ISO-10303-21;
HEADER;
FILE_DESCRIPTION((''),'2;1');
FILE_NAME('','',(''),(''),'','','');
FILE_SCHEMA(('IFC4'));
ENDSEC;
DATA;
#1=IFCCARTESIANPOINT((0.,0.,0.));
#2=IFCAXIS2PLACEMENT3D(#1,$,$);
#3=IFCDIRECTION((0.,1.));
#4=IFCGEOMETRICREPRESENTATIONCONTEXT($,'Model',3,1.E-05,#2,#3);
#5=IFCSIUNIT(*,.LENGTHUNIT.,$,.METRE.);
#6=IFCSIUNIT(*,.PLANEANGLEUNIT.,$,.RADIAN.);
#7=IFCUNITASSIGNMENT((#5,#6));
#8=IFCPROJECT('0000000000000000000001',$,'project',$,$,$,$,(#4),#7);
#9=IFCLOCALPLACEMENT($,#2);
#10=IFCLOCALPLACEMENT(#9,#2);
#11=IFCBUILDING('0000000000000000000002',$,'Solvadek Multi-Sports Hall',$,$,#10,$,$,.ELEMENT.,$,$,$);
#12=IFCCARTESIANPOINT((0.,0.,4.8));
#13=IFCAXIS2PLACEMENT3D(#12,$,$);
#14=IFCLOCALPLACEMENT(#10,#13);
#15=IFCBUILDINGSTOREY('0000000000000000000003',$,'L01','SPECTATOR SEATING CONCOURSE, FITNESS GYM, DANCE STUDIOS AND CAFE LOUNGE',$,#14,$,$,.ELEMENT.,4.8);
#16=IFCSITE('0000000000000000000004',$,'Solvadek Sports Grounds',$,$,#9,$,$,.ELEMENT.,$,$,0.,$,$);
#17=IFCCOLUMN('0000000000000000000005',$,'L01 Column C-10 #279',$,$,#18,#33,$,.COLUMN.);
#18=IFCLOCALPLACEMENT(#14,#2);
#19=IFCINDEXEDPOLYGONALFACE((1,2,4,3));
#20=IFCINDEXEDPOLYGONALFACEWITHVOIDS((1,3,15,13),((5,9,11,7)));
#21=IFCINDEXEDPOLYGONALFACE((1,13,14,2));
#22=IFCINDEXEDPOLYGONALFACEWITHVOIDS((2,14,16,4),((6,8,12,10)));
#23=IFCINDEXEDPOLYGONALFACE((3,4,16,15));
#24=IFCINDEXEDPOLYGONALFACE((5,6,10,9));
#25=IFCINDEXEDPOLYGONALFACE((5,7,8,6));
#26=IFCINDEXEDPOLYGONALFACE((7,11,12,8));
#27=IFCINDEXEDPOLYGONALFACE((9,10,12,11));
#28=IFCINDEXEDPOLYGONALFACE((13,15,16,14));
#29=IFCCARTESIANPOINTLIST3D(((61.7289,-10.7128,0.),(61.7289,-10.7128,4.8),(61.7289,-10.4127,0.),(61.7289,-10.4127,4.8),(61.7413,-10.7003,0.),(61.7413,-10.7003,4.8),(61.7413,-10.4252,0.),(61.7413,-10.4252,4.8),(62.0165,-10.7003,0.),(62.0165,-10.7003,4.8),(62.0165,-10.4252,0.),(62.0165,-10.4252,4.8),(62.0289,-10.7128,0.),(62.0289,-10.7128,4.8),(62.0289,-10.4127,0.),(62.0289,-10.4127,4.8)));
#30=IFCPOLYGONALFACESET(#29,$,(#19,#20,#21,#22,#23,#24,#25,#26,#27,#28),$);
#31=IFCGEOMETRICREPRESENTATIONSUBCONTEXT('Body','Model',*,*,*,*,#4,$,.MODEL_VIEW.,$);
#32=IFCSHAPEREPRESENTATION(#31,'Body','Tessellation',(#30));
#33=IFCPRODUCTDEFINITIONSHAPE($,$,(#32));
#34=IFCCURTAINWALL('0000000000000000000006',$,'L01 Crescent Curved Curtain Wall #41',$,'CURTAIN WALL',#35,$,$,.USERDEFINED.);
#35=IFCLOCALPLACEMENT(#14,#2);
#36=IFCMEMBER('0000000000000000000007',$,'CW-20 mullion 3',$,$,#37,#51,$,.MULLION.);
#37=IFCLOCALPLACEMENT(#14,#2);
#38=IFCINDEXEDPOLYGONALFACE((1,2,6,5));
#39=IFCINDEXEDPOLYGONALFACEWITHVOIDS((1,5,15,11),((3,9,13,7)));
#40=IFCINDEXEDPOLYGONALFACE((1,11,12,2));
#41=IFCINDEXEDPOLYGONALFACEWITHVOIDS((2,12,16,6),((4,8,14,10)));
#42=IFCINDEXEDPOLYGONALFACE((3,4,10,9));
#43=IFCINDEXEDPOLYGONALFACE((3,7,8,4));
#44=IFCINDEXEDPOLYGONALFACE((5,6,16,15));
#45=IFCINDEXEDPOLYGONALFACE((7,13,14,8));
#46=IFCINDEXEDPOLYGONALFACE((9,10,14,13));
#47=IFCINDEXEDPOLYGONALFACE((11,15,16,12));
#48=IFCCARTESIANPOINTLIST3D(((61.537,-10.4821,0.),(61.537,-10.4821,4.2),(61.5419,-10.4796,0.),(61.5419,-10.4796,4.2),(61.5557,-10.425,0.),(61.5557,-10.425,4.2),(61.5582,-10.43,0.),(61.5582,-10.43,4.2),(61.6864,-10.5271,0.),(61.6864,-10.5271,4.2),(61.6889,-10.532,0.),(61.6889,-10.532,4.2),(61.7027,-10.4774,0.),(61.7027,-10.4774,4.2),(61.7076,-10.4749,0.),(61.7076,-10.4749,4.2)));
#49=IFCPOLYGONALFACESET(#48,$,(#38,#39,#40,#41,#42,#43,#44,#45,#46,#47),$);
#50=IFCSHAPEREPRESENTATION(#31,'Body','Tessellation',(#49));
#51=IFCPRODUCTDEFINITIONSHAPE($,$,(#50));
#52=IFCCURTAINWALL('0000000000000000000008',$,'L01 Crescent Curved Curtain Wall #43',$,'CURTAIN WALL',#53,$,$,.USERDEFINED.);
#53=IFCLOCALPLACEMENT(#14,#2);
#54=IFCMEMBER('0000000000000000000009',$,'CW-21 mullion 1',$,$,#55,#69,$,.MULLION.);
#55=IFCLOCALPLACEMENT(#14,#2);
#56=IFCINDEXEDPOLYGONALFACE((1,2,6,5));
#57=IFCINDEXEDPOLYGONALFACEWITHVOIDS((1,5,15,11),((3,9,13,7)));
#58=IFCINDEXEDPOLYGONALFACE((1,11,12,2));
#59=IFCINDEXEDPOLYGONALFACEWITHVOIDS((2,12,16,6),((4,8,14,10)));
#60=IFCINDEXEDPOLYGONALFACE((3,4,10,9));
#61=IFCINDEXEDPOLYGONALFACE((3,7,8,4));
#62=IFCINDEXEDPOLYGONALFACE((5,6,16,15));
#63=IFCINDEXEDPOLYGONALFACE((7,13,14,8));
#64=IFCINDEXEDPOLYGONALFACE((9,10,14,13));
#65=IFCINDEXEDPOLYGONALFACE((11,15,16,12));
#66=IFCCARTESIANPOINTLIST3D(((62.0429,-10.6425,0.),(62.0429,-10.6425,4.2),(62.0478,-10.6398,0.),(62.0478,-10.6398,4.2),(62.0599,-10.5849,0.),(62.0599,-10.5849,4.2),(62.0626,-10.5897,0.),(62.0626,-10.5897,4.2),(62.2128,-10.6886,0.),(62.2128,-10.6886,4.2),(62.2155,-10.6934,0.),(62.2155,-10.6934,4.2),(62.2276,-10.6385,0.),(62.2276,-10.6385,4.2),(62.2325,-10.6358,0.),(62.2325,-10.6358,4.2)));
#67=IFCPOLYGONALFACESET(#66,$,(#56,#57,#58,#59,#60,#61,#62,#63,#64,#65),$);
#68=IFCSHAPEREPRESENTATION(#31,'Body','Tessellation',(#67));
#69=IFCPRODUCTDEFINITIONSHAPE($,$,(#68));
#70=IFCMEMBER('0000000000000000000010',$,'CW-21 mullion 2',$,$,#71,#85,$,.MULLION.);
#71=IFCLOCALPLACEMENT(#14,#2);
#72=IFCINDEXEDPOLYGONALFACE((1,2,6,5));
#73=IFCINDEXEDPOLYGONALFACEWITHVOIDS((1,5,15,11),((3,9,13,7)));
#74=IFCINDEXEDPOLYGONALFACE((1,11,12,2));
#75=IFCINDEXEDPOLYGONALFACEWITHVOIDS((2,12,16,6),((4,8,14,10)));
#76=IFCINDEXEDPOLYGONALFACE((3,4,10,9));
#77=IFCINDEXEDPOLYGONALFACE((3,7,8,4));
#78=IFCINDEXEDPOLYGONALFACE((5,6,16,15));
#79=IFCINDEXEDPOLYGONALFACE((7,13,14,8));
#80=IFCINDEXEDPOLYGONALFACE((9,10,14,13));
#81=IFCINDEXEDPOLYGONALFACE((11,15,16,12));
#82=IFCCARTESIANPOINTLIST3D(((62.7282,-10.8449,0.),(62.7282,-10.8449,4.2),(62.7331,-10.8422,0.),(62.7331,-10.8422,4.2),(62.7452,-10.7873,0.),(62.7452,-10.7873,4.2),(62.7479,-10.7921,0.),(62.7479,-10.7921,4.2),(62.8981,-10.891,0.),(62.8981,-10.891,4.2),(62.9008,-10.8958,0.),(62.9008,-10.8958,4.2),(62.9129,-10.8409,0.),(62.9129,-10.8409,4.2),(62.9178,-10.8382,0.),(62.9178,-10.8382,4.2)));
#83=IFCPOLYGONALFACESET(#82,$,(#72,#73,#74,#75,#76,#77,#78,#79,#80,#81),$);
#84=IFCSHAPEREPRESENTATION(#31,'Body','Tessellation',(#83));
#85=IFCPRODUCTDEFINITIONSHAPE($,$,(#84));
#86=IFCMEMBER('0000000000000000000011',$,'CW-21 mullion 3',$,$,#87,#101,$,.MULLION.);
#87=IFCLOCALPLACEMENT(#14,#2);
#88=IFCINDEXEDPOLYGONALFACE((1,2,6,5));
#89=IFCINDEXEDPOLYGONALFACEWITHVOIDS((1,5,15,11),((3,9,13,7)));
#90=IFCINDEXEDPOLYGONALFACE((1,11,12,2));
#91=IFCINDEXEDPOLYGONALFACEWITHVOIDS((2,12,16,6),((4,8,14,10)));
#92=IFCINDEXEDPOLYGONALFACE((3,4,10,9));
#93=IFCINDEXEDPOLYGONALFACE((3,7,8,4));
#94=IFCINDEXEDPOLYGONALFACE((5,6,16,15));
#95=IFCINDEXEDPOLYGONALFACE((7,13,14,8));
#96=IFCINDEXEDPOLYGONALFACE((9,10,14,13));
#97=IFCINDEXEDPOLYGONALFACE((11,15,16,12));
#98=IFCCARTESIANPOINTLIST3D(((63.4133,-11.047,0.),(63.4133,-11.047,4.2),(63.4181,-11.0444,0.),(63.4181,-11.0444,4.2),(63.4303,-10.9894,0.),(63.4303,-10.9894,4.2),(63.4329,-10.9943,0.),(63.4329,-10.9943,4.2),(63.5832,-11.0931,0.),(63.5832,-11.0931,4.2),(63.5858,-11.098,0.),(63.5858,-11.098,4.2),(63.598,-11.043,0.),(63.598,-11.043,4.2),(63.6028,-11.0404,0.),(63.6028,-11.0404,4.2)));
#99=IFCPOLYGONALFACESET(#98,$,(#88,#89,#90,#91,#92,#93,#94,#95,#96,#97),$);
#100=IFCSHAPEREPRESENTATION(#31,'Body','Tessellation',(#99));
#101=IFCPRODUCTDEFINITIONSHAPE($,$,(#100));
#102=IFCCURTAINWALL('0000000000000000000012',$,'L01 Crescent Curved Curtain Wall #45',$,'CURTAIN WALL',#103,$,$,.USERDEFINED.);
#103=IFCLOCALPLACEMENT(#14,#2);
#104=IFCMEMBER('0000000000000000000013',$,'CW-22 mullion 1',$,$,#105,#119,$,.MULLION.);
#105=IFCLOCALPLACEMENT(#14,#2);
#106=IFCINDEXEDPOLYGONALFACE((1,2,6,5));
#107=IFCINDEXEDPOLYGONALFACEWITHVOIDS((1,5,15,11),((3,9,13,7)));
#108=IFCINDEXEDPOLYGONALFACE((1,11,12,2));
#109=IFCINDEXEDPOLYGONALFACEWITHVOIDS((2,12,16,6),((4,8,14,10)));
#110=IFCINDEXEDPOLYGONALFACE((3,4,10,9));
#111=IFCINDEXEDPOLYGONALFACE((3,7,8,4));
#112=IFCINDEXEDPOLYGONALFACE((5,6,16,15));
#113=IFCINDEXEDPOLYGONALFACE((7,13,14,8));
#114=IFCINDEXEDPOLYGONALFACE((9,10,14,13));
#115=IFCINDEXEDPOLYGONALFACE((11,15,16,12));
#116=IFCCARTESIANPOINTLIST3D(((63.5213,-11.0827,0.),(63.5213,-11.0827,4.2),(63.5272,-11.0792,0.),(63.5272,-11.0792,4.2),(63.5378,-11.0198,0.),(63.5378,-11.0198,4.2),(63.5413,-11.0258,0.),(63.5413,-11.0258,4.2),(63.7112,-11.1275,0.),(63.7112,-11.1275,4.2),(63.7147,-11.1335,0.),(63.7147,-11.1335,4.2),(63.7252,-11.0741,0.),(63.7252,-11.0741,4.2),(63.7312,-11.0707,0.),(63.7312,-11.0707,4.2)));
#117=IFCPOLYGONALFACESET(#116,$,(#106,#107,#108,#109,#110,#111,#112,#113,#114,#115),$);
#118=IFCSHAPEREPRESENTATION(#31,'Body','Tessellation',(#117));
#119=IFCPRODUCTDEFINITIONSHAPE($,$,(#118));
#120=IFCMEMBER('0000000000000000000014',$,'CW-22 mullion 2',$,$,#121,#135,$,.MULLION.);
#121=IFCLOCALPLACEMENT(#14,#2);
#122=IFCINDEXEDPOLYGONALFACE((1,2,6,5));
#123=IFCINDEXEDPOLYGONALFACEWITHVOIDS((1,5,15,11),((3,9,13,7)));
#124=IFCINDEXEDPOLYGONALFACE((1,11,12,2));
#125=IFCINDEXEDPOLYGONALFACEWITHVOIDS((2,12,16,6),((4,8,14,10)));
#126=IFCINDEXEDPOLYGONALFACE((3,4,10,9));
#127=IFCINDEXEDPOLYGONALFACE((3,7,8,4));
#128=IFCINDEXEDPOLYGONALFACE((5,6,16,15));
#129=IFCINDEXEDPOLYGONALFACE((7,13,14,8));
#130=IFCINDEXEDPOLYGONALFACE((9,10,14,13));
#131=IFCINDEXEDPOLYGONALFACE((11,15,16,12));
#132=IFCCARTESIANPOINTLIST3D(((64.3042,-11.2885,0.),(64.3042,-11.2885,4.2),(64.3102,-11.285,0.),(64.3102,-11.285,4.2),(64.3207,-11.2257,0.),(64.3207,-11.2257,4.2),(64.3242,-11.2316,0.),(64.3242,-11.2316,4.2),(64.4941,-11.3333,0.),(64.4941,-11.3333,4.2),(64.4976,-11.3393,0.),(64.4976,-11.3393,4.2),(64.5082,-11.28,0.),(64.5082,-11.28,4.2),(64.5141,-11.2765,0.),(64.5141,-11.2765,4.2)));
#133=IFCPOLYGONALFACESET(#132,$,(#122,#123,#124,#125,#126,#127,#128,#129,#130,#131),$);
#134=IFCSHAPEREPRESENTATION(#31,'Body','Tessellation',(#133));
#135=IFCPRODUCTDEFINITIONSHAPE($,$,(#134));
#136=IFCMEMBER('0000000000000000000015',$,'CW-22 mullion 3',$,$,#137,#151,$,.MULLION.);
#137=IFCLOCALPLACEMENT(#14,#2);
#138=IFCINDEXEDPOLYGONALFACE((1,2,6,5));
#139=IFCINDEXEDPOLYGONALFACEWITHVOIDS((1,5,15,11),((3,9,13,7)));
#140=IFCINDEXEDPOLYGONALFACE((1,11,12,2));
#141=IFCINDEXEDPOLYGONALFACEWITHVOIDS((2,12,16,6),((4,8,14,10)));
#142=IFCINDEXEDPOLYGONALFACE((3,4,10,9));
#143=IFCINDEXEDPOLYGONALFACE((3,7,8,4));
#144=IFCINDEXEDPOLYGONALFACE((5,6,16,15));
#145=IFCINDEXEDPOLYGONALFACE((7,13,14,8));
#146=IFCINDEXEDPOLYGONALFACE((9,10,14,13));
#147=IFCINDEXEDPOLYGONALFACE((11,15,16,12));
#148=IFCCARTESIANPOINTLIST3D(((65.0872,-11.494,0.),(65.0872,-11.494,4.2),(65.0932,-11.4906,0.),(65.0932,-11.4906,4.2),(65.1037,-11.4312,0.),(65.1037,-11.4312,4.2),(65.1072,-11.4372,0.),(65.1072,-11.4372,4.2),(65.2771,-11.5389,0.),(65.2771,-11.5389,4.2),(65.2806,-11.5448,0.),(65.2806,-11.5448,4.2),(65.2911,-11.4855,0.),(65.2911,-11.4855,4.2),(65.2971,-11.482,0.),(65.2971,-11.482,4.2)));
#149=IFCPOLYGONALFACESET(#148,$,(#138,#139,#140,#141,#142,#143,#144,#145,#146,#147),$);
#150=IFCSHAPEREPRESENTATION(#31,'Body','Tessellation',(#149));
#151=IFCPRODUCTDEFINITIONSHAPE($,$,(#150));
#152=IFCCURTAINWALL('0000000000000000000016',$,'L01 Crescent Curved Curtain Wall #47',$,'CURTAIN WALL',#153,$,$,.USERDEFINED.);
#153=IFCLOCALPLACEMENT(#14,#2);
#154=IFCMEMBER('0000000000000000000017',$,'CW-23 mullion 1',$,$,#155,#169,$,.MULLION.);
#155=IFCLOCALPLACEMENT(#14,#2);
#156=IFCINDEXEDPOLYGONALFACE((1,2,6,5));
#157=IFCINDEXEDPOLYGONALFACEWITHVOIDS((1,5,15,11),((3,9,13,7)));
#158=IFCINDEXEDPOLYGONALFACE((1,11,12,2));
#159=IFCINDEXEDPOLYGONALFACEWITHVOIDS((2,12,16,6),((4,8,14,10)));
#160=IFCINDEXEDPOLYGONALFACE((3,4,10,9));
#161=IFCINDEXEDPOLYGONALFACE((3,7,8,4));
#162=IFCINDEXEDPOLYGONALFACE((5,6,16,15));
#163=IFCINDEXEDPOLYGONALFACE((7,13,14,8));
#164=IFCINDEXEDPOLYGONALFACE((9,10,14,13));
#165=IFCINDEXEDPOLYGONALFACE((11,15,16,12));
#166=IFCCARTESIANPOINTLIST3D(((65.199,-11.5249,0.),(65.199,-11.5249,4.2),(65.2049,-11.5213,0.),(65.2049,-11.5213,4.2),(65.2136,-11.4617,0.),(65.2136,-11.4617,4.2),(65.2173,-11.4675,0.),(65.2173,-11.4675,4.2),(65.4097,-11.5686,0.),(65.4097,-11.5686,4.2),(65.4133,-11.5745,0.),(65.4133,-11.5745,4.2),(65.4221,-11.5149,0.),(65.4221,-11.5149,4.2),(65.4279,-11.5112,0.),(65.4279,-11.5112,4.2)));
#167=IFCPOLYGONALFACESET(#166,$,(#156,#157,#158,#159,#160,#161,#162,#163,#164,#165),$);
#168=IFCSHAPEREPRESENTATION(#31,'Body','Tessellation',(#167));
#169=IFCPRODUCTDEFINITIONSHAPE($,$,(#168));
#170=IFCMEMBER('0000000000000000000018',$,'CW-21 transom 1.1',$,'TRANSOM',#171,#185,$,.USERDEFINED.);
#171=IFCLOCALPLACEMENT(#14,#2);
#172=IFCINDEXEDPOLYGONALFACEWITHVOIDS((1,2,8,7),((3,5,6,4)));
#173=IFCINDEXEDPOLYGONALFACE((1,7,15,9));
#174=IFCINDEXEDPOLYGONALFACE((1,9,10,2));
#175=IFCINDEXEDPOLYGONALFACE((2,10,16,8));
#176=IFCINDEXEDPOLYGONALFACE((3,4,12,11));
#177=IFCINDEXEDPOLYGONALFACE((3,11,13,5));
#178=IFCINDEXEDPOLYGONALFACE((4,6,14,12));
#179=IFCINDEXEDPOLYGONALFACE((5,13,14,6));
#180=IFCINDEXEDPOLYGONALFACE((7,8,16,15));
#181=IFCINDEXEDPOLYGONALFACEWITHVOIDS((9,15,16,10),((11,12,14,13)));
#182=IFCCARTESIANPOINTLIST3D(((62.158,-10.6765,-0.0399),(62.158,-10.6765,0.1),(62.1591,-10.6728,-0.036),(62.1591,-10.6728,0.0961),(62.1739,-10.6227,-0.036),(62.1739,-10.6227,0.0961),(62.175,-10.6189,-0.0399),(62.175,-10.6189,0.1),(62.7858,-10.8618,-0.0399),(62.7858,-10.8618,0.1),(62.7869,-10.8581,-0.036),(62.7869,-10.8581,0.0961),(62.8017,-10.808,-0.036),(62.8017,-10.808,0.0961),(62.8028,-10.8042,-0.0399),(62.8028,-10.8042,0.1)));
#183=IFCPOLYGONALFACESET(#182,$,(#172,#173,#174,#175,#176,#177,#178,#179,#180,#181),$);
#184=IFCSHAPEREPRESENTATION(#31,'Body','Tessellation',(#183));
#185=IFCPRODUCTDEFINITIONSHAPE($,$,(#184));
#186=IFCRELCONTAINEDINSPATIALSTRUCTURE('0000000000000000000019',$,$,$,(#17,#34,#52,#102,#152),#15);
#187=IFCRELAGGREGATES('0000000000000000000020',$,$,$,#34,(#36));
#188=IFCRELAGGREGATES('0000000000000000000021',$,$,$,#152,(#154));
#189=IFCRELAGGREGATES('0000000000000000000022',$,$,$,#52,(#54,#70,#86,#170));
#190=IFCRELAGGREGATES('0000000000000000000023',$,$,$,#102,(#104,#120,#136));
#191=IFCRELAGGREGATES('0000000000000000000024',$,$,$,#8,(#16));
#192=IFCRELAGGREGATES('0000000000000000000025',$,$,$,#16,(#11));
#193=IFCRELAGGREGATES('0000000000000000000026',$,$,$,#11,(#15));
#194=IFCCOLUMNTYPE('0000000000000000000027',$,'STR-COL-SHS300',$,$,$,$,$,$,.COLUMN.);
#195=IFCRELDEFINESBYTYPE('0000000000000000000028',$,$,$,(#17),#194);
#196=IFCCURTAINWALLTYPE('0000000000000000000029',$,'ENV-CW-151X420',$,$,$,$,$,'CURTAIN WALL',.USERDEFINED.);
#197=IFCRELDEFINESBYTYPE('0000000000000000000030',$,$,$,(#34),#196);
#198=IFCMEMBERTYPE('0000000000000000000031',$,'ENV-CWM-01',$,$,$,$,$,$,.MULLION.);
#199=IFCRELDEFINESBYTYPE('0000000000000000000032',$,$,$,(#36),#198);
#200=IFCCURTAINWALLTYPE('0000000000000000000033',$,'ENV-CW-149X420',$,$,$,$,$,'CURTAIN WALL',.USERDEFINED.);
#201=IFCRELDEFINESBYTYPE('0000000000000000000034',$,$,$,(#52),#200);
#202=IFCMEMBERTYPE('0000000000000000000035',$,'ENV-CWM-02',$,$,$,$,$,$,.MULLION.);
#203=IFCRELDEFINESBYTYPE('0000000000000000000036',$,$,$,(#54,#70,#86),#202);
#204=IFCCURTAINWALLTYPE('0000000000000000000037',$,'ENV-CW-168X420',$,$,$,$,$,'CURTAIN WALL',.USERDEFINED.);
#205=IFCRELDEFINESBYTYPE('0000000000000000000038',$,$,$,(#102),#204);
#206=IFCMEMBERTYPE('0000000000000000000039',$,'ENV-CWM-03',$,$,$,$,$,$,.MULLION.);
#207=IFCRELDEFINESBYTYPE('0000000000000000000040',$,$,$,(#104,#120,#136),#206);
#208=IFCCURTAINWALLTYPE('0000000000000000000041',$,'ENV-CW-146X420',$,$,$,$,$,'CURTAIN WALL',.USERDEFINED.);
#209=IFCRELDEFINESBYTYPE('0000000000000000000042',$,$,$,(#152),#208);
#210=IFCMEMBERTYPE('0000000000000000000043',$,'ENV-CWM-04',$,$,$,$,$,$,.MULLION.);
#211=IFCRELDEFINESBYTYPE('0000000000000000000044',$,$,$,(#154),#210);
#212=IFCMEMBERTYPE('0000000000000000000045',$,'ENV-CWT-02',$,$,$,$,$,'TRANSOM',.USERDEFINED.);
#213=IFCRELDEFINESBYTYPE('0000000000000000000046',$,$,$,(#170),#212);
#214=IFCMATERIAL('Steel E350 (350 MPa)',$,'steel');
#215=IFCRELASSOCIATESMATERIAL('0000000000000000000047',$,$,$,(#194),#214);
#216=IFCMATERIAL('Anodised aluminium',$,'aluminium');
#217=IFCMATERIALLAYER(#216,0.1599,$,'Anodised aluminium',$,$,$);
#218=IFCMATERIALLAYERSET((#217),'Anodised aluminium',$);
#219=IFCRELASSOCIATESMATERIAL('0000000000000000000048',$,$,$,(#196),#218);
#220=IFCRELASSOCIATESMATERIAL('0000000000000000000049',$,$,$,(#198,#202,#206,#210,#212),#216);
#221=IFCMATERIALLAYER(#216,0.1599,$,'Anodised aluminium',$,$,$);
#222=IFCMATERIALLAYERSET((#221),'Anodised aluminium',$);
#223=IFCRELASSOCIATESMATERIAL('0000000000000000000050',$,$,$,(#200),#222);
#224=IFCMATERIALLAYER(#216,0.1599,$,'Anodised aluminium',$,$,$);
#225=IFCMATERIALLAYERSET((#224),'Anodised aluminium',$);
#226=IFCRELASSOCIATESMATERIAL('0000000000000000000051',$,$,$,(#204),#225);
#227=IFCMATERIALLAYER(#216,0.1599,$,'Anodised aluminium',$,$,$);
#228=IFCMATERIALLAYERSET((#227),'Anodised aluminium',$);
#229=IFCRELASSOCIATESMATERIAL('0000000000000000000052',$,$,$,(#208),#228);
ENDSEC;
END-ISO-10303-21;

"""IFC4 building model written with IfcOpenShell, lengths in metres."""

from ifc_helpers import new_model, si_unit, direction, frame, origin, origin_2d, place, context, subcontext, project, spatial, hollow_rectangle, extrude, material, layer, layer_set, material_profile, profile_set, type_object, element, aggregate, save


model = new_model("IFC4")

# Units and contexts
model_context = context("Model", 3, precision=1e-05, world=origin(), true_north=direction((0.0, 1.0)))
body_context = subcontext(model_context, "Body", "Model", "MODEL_VIEW")
ifc_project = project(units=[si_unit("LENGTHUNIT", "METRE"), si_unit("PLANEANGLEUNIT", "RADIAN")], contexts=[model_context])

# Site, building, storey
site_placement = place(None, origin())
site = spatial("IfcSite", under=ifc_project, at=site_placement, Name="Solvadek Sports Grounds", CompositionType="ELEMENT", RefElevation=0.0)
building_placement = place(site_placement, origin())
building = spatial("IfcBuilding", under=site, at=building_placement, Name="Solvadek Multi-Sports Hall", CompositionType="ELEMENT")
storey_placement = place(building_placement, frame((0.0, 0.0, 4.8)))
storey = spatial("IfcBuildingStorey", under=building, at=storey_placement, Name="L01", Description="SPECTATOR SEATING CONCOURSE, FITNESS GYM, DANCE STUDIOS AND CAFE LOUNGE", CompositionType="ELEMENT", Elevation=4.8)

# Column
ifc_material_1 = material(Name="Steel E350 (350 MPa)", Category="steel")
ifc_material_profile_1 = material_profile(ifc_material_1, hollow_rectangle(XDim=0.3, YDim=0.3, WallThickness=0.0125, at=origin_2d()), Name="SHS 300x300x12.5")
ifc_profile_set_1 = profile_set([ifc_material_profile_1], Name="Steel E350 (350 MPa)")
column_type = type_object("IfcColumnType", Name="STR-COL-SHS300", PredefinedType="COLUMN", material=ifc_profile_set_1)
column_placement = place(storey_placement, frame((61.8789, -10.5627, 0.0), z_axis=(0.0, 0.0, 1.0), x_axis=(1.0, 0.0, 0.0)))
element("IfcColumn", 1, at=column_placement, inside=storey, type_object=column_type, Name="L01 Column C-10 #279", PredefinedType="COLUMN", context=body_context, shape_type="SweptSolid", body=[
    extrude(hollow_rectangle(XDim=0.3, YDim=0.3, WallThickness=0.0125, at=origin_2d()), origin(), (0.0, 0.0, 1.0), 4.8),
])

# Curtain wall, member
ifc_material_2 = material(Name="Anodised aluminium", Category="aluminium")
ifc_layer_1 = layer(ifc_material_2, 0.1599, Name="Anodised aluminium")
ifc_layer_set_1 = layer_set([ifc_layer_1], Name="Anodised aluminium")
curtain_wall_type_1 = type_object("IfcCurtainWallType", Name="ENV-CW-151X420", ElementType="CURTAIN WALL", PredefinedType="USERDEFINED", material=ifc_layer_set_1)
curtain_wall_1_placement = place(storey_placement, origin())
curtain_wall_1 = element("IfcCurtainWall", 2, at=curtain_wall_1_placement, inside=storey, type_object=curtain_wall_type_1, Name="L01 Crescent Curved Curtain Wall #41", ObjectType="CURTAIN WALL", PredefinedType="USERDEFINED")
ifc_material_profile_2 = material_profile(ifc_material_2, hollow_rectangle(XDim=0.0601, YDim=0.1599, WallThickness=0.0039, at=origin_2d()), Name="ALU-M 160x60x4")
ifc_profile_set_2 = profile_set([ifc_material_profile_2], Name="Anodised aluminium")
member_type_1 = type_object("IfcMemberType", Name="ENV-CWM-01", PredefinedType="MULLION", material=ifc_profile_set_2)
member_1_placement = place(storey_placement, frame((61.6223, -10.4785, 0.0), z_axis=(0.0, 0.0, 1.0), x_axis=(0.3121, 0.950049, 0.0)))
member_1 = element("IfcMember", 3, at=member_1_placement, type_object=member_type_1, Name="CW-20 mullion 3", PredefinedType="MULLION", context=body_context, shape_type="SweptSolid", body=[
    extrude(hollow_rectangle(XDim=0.0601, YDim=0.1599, WallThickness=0.0039, at=origin_2d()), origin(), (0.0, 0.0, 1.0), 4.2),
])
aggregate(curtain_wall_1, [member_1])

# Curtain walls, members
ifc_layer_2 = layer(ifc_material_2, 0.1599, Name="Anodised aluminium")
ifc_layer_set_2 = layer_set([ifc_layer_2], Name="Anodised aluminium")
curtain_wall_type_2 = type_object("IfcCurtainWallType", Name="ENV-CW-149X420", ElementType="CURTAIN WALL", PredefinedType="USERDEFINED", material=ifc_layer_set_2)
curtain_wall_2_placement = place(storey_placement, origin())
curtain_wall_2 = element("IfcCurtainWall", 4, at=curtain_wall_2_placement, inside=storey, type_object=curtain_wall_type_2, Name="L01 Crescent Curved Curtain Wall #43", ObjectType="CURTAIN WALL", PredefinedType="USERDEFINED")
ifc_material_profile_3 = material_profile(ifc_material_2, hollow_rectangle(XDim=0.0601, YDim=0.1799, WallThickness=0.0039, at=origin_2d()), Name="ALU-M 180x60x4")
ifc_profile_set_3 = profile_set([ifc_material_profile_3], Name="Anodised aluminium")
member_type_2 = type_object("IfcMemberType", Name="ENV-CWM-02", PredefinedType="MULLION", material=ifc_profile_set_3)
member_2_placement = place(storey_placement, frame((62.1377, -10.6392, 0.0), z_axis=(0.0, 0.0, 1.0), x_axis=(0.283173, 0.959069, 0.0)))
member_2 = element("IfcMember", 5, at=member_2_placement, type_object=member_type_2, Name="CW-21 mullion 1", PredefinedType="MULLION", context=body_context, shape_type="SweptSolid", body=[
    extrude(hollow_rectangle(XDim=0.0601, YDim=0.1799, WallThickness=0.0039, at=origin_2d()), origin(), (0.0, 0.0, 1.0), 4.2),
])
member_3_placement = place(storey_placement, frame((62.823, -10.8416, 0.0), z_axis=(0.0, 0.0, 1.0), x_axis=(0.283173, 0.959069, 0.0)))
member_3 = element("IfcMember", 6, at=member_3_placement, type_object=member_type_2, Name="CW-21 mullion 2", PredefinedType="MULLION", context=body_context, shape_type="SweptSolid", body=[
    extrude(hollow_rectangle(XDim=0.0601, YDim=0.1799, WallThickness=0.0039, at=origin_2d()), origin(), (0.0, 0.0, 1.0), 4.2),
])
member_4_placement = place(storey_placement, frame((63.5081, -11.0437, 0.0), z_axis=(0.0, 0.0, 1.0), x_axis=(0.283173, 0.959069, 0.0)))
member_4 = element("IfcMember", 7, at=member_4_placement, type_object=member_type_2, Name="CW-21 mullion 3", PredefinedType="MULLION", context=body_context, shape_type="SweptSolid", body=[
    extrude(hollow_rectangle(XDim=0.0601, YDim=0.1799, WallThickness=0.0039, at=origin_2d()), origin(), (0.0, 0.0, 1.0), 4.2),
])
ifc_layer_3 = layer(ifc_material_2, 0.1599, Name="Anodised aluminium")
ifc_layer_set_3 = layer_set([ifc_layer_3], Name="Anodised aluminium")
curtain_wall_type_3 = type_object("IfcCurtainWallType", Name="ENV-CW-168X420", ElementType="CURTAIN WALL", PredefinedType="USERDEFINED", material=ifc_layer_set_3)
curtain_wall_3_placement = place(storey_placement, origin())
curtain_wall_3 = element("IfcCurtainWall", 8, at=curtain_wall_3_placement, inside=storey, type_object=curtain_wall_type_3, Name="L01 Crescent Curved Curtain Wall #45", ObjectType="CURTAIN WALL", PredefinedType="USERDEFINED")
ifc_material_profile_4 = material_profile(ifc_material_2, hollow_rectangle(XDim=0.0649, YDim=0.2, WallThickness=0.0049, at=origin_2d()), Name="ALU-M 200x65x5")
ifc_profile_set_4 = profile_set([ifc_material_profile_4], Name="Anodised aluminium")
member_type_3 = type_object("IfcMemberType", Name="ENV-CWM-03", PredefinedType="MULLION", material=ifc_profile_set_4)
member_5_placement = place(storey_placement, frame((63.6262, -11.0767, 0.0), z_axis=(0.0, 0.0, 1.0), x_axis=(0.254143, 0.967167, 0.0)))
member_5 = element("IfcMember", 9, at=member_5_placement, type_object=member_type_3, Name="CW-22 mullion 1", PredefinedType="MULLION", context=body_context, shape_type="SweptSolid", body=[
    extrude(hollow_rectangle(XDim=0.0649, YDim=0.2, WallThickness=0.0049, at=origin_2d()), origin(), (0.0, 0.0, 1.0), 4.2),
])
member_6_placement = place(storey_placement, frame((64.4092, -11.2825, 0.0), z_axis=(0.0, 0.0, 1.0), x_axis=(0.254143, 0.967167, 0.0)))
member_6 = element("IfcMember", 10, at=member_6_placement, type_object=member_type_3, Name="CW-22 mullion 2", PredefinedType="MULLION", context=body_context, shape_type="SweptSolid", body=[
    extrude(hollow_rectangle(XDim=0.0649, YDim=0.2, WallThickness=0.0049, at=origin_2d()), origin(), (0.0, 0.0, 1.0), 4.2),
])
member_7_placement = place(storey_placement, frame((65.1921, -11.488, 0.0), z_axis=(0.0, 0.0, 1.0), x_axis=(0.254143, 0.967167, 0.0)))
member_7 = element("IfcMember", 11, at=member_7_placement, type_object=member_type_3, Name="CW-22 mullion 3", PredefinedType="MULLION", context=body_context, shape_type="SweptSolid", body=[
    extrude(hollow_rectangle(XDim=0.0649, YDim=0.2, WallThickness=0.0049, at=origin_2d()), origin(), (0.0, 0.0, 1.0), 4.2),
])

# Curtain wall, member
ifc_layer_4 = layer(ifc_material_2, 0.1599, Name="Anodised aluminium")
ifc_layer_set_4 = layer_set([ifc_layer_4], Name="Anodised aluminium")
curtain_wall_type_4 = type_object("IfcCurtainWallType", Name="ENV-CW-146X420", ElementType="CURTAIN WALL", PredefinedType="USERDEFINED", material=ifc_layer_set_4)
curtain_wall_4_placement = place(storey_placement, origin())
curtain_wall_4 = element("IfcCurtainWall", 12, at=curtain_wall_4_placement, inside=storey, type_object=curtain_wall_type_4, Name="L01 Crescent Curved Curtain Wall #47", ObjectType="CURTAIN WALL", PredefinedType="USERDEFINED")
ifc_material_profile_5 = material_profile(ifc_material_2, hollow_rectangle(XDim=0.0649, YDim=0.22, WallThickness=0.0049, at=origin_2d()), Name="ALU-M 220x65x5")
ifc_profile_set_5 = profile_set([ifc_material_profile_5], Name="Anodised aluminium")
member_type_4 = type_object("IfcMemberType", Name="ENV-CWM-04", PredefinedType="MULLION", material=ifc_profile_set_5)
member_8_placement = place(storey_placement, frame((65.3135, -11.5181, 0.0), z_axis=(0.0, 0.0, 1.0), x_axis=(0.225189, 0.974315, 0.0)))
member_8 = element("IfcMember", 13, at=member_8_placement, type_object=member_type_4, Name="CW-23 mullion 1", PredefinedType="MULLION", context=body_context, shape_type="SweptSolid", body=[
    extrude(hollow_rectangle(XDim=0.0649, YDim=0.22, WallThickness=0.0049, at=origin_2d()), origin(), (0.0, 0.0, 1.0), 4.2),
])

# Member
ifc_material_profile_6 = material_profile(ifc_material_2, hollow_rectangle(XDim=0.0601, YDim=0.1399, WallThickness=0.0039, at=origin_2d()), Name="ALU-T 140x60x4")
ifc_profile_set_6 = profile_set([ifc_material_profile_6], Name="Anodised aluminium")
member_type_5 = type_object("IfcMemberType", Name="ENV-CWT-02", ElementType="TRANSOM", PredefinedType="USERDEFINED", material=ifc_profile_set_6)
member_9_placement = place(storey_placement, frame((62.1665, -10.6477, 0.03), z_axis=(0.95908, -0.283136, 0.0), x_axis=(0.283136, 0.95908, 0.0)))
member_9 = element("IfcMember", 14, at=member_9_placement, type_object=member_type_5, Name="CW-21 transom 1.1", ObjectType="TRANSOM", PredefinedType="USERDEFINED", context=body_context, shape_type="SweptSolid", body=[
    extrude(hollow_rectangle(XDim=0.0601, YDim=0.1399, WallThickness=0.0039, at=origin_2d()), origin(), (0.0, 0.0, 1.0), 0.6545),
])
aggregate(curtain_wall_4, [member_8])

aggregate(curtain_wall_2, [member_2, member_3, member_4, member_9])
aggregate(curtain_wall_3, [member_5, member_6, member_7])

save(model, "model.ifc")
